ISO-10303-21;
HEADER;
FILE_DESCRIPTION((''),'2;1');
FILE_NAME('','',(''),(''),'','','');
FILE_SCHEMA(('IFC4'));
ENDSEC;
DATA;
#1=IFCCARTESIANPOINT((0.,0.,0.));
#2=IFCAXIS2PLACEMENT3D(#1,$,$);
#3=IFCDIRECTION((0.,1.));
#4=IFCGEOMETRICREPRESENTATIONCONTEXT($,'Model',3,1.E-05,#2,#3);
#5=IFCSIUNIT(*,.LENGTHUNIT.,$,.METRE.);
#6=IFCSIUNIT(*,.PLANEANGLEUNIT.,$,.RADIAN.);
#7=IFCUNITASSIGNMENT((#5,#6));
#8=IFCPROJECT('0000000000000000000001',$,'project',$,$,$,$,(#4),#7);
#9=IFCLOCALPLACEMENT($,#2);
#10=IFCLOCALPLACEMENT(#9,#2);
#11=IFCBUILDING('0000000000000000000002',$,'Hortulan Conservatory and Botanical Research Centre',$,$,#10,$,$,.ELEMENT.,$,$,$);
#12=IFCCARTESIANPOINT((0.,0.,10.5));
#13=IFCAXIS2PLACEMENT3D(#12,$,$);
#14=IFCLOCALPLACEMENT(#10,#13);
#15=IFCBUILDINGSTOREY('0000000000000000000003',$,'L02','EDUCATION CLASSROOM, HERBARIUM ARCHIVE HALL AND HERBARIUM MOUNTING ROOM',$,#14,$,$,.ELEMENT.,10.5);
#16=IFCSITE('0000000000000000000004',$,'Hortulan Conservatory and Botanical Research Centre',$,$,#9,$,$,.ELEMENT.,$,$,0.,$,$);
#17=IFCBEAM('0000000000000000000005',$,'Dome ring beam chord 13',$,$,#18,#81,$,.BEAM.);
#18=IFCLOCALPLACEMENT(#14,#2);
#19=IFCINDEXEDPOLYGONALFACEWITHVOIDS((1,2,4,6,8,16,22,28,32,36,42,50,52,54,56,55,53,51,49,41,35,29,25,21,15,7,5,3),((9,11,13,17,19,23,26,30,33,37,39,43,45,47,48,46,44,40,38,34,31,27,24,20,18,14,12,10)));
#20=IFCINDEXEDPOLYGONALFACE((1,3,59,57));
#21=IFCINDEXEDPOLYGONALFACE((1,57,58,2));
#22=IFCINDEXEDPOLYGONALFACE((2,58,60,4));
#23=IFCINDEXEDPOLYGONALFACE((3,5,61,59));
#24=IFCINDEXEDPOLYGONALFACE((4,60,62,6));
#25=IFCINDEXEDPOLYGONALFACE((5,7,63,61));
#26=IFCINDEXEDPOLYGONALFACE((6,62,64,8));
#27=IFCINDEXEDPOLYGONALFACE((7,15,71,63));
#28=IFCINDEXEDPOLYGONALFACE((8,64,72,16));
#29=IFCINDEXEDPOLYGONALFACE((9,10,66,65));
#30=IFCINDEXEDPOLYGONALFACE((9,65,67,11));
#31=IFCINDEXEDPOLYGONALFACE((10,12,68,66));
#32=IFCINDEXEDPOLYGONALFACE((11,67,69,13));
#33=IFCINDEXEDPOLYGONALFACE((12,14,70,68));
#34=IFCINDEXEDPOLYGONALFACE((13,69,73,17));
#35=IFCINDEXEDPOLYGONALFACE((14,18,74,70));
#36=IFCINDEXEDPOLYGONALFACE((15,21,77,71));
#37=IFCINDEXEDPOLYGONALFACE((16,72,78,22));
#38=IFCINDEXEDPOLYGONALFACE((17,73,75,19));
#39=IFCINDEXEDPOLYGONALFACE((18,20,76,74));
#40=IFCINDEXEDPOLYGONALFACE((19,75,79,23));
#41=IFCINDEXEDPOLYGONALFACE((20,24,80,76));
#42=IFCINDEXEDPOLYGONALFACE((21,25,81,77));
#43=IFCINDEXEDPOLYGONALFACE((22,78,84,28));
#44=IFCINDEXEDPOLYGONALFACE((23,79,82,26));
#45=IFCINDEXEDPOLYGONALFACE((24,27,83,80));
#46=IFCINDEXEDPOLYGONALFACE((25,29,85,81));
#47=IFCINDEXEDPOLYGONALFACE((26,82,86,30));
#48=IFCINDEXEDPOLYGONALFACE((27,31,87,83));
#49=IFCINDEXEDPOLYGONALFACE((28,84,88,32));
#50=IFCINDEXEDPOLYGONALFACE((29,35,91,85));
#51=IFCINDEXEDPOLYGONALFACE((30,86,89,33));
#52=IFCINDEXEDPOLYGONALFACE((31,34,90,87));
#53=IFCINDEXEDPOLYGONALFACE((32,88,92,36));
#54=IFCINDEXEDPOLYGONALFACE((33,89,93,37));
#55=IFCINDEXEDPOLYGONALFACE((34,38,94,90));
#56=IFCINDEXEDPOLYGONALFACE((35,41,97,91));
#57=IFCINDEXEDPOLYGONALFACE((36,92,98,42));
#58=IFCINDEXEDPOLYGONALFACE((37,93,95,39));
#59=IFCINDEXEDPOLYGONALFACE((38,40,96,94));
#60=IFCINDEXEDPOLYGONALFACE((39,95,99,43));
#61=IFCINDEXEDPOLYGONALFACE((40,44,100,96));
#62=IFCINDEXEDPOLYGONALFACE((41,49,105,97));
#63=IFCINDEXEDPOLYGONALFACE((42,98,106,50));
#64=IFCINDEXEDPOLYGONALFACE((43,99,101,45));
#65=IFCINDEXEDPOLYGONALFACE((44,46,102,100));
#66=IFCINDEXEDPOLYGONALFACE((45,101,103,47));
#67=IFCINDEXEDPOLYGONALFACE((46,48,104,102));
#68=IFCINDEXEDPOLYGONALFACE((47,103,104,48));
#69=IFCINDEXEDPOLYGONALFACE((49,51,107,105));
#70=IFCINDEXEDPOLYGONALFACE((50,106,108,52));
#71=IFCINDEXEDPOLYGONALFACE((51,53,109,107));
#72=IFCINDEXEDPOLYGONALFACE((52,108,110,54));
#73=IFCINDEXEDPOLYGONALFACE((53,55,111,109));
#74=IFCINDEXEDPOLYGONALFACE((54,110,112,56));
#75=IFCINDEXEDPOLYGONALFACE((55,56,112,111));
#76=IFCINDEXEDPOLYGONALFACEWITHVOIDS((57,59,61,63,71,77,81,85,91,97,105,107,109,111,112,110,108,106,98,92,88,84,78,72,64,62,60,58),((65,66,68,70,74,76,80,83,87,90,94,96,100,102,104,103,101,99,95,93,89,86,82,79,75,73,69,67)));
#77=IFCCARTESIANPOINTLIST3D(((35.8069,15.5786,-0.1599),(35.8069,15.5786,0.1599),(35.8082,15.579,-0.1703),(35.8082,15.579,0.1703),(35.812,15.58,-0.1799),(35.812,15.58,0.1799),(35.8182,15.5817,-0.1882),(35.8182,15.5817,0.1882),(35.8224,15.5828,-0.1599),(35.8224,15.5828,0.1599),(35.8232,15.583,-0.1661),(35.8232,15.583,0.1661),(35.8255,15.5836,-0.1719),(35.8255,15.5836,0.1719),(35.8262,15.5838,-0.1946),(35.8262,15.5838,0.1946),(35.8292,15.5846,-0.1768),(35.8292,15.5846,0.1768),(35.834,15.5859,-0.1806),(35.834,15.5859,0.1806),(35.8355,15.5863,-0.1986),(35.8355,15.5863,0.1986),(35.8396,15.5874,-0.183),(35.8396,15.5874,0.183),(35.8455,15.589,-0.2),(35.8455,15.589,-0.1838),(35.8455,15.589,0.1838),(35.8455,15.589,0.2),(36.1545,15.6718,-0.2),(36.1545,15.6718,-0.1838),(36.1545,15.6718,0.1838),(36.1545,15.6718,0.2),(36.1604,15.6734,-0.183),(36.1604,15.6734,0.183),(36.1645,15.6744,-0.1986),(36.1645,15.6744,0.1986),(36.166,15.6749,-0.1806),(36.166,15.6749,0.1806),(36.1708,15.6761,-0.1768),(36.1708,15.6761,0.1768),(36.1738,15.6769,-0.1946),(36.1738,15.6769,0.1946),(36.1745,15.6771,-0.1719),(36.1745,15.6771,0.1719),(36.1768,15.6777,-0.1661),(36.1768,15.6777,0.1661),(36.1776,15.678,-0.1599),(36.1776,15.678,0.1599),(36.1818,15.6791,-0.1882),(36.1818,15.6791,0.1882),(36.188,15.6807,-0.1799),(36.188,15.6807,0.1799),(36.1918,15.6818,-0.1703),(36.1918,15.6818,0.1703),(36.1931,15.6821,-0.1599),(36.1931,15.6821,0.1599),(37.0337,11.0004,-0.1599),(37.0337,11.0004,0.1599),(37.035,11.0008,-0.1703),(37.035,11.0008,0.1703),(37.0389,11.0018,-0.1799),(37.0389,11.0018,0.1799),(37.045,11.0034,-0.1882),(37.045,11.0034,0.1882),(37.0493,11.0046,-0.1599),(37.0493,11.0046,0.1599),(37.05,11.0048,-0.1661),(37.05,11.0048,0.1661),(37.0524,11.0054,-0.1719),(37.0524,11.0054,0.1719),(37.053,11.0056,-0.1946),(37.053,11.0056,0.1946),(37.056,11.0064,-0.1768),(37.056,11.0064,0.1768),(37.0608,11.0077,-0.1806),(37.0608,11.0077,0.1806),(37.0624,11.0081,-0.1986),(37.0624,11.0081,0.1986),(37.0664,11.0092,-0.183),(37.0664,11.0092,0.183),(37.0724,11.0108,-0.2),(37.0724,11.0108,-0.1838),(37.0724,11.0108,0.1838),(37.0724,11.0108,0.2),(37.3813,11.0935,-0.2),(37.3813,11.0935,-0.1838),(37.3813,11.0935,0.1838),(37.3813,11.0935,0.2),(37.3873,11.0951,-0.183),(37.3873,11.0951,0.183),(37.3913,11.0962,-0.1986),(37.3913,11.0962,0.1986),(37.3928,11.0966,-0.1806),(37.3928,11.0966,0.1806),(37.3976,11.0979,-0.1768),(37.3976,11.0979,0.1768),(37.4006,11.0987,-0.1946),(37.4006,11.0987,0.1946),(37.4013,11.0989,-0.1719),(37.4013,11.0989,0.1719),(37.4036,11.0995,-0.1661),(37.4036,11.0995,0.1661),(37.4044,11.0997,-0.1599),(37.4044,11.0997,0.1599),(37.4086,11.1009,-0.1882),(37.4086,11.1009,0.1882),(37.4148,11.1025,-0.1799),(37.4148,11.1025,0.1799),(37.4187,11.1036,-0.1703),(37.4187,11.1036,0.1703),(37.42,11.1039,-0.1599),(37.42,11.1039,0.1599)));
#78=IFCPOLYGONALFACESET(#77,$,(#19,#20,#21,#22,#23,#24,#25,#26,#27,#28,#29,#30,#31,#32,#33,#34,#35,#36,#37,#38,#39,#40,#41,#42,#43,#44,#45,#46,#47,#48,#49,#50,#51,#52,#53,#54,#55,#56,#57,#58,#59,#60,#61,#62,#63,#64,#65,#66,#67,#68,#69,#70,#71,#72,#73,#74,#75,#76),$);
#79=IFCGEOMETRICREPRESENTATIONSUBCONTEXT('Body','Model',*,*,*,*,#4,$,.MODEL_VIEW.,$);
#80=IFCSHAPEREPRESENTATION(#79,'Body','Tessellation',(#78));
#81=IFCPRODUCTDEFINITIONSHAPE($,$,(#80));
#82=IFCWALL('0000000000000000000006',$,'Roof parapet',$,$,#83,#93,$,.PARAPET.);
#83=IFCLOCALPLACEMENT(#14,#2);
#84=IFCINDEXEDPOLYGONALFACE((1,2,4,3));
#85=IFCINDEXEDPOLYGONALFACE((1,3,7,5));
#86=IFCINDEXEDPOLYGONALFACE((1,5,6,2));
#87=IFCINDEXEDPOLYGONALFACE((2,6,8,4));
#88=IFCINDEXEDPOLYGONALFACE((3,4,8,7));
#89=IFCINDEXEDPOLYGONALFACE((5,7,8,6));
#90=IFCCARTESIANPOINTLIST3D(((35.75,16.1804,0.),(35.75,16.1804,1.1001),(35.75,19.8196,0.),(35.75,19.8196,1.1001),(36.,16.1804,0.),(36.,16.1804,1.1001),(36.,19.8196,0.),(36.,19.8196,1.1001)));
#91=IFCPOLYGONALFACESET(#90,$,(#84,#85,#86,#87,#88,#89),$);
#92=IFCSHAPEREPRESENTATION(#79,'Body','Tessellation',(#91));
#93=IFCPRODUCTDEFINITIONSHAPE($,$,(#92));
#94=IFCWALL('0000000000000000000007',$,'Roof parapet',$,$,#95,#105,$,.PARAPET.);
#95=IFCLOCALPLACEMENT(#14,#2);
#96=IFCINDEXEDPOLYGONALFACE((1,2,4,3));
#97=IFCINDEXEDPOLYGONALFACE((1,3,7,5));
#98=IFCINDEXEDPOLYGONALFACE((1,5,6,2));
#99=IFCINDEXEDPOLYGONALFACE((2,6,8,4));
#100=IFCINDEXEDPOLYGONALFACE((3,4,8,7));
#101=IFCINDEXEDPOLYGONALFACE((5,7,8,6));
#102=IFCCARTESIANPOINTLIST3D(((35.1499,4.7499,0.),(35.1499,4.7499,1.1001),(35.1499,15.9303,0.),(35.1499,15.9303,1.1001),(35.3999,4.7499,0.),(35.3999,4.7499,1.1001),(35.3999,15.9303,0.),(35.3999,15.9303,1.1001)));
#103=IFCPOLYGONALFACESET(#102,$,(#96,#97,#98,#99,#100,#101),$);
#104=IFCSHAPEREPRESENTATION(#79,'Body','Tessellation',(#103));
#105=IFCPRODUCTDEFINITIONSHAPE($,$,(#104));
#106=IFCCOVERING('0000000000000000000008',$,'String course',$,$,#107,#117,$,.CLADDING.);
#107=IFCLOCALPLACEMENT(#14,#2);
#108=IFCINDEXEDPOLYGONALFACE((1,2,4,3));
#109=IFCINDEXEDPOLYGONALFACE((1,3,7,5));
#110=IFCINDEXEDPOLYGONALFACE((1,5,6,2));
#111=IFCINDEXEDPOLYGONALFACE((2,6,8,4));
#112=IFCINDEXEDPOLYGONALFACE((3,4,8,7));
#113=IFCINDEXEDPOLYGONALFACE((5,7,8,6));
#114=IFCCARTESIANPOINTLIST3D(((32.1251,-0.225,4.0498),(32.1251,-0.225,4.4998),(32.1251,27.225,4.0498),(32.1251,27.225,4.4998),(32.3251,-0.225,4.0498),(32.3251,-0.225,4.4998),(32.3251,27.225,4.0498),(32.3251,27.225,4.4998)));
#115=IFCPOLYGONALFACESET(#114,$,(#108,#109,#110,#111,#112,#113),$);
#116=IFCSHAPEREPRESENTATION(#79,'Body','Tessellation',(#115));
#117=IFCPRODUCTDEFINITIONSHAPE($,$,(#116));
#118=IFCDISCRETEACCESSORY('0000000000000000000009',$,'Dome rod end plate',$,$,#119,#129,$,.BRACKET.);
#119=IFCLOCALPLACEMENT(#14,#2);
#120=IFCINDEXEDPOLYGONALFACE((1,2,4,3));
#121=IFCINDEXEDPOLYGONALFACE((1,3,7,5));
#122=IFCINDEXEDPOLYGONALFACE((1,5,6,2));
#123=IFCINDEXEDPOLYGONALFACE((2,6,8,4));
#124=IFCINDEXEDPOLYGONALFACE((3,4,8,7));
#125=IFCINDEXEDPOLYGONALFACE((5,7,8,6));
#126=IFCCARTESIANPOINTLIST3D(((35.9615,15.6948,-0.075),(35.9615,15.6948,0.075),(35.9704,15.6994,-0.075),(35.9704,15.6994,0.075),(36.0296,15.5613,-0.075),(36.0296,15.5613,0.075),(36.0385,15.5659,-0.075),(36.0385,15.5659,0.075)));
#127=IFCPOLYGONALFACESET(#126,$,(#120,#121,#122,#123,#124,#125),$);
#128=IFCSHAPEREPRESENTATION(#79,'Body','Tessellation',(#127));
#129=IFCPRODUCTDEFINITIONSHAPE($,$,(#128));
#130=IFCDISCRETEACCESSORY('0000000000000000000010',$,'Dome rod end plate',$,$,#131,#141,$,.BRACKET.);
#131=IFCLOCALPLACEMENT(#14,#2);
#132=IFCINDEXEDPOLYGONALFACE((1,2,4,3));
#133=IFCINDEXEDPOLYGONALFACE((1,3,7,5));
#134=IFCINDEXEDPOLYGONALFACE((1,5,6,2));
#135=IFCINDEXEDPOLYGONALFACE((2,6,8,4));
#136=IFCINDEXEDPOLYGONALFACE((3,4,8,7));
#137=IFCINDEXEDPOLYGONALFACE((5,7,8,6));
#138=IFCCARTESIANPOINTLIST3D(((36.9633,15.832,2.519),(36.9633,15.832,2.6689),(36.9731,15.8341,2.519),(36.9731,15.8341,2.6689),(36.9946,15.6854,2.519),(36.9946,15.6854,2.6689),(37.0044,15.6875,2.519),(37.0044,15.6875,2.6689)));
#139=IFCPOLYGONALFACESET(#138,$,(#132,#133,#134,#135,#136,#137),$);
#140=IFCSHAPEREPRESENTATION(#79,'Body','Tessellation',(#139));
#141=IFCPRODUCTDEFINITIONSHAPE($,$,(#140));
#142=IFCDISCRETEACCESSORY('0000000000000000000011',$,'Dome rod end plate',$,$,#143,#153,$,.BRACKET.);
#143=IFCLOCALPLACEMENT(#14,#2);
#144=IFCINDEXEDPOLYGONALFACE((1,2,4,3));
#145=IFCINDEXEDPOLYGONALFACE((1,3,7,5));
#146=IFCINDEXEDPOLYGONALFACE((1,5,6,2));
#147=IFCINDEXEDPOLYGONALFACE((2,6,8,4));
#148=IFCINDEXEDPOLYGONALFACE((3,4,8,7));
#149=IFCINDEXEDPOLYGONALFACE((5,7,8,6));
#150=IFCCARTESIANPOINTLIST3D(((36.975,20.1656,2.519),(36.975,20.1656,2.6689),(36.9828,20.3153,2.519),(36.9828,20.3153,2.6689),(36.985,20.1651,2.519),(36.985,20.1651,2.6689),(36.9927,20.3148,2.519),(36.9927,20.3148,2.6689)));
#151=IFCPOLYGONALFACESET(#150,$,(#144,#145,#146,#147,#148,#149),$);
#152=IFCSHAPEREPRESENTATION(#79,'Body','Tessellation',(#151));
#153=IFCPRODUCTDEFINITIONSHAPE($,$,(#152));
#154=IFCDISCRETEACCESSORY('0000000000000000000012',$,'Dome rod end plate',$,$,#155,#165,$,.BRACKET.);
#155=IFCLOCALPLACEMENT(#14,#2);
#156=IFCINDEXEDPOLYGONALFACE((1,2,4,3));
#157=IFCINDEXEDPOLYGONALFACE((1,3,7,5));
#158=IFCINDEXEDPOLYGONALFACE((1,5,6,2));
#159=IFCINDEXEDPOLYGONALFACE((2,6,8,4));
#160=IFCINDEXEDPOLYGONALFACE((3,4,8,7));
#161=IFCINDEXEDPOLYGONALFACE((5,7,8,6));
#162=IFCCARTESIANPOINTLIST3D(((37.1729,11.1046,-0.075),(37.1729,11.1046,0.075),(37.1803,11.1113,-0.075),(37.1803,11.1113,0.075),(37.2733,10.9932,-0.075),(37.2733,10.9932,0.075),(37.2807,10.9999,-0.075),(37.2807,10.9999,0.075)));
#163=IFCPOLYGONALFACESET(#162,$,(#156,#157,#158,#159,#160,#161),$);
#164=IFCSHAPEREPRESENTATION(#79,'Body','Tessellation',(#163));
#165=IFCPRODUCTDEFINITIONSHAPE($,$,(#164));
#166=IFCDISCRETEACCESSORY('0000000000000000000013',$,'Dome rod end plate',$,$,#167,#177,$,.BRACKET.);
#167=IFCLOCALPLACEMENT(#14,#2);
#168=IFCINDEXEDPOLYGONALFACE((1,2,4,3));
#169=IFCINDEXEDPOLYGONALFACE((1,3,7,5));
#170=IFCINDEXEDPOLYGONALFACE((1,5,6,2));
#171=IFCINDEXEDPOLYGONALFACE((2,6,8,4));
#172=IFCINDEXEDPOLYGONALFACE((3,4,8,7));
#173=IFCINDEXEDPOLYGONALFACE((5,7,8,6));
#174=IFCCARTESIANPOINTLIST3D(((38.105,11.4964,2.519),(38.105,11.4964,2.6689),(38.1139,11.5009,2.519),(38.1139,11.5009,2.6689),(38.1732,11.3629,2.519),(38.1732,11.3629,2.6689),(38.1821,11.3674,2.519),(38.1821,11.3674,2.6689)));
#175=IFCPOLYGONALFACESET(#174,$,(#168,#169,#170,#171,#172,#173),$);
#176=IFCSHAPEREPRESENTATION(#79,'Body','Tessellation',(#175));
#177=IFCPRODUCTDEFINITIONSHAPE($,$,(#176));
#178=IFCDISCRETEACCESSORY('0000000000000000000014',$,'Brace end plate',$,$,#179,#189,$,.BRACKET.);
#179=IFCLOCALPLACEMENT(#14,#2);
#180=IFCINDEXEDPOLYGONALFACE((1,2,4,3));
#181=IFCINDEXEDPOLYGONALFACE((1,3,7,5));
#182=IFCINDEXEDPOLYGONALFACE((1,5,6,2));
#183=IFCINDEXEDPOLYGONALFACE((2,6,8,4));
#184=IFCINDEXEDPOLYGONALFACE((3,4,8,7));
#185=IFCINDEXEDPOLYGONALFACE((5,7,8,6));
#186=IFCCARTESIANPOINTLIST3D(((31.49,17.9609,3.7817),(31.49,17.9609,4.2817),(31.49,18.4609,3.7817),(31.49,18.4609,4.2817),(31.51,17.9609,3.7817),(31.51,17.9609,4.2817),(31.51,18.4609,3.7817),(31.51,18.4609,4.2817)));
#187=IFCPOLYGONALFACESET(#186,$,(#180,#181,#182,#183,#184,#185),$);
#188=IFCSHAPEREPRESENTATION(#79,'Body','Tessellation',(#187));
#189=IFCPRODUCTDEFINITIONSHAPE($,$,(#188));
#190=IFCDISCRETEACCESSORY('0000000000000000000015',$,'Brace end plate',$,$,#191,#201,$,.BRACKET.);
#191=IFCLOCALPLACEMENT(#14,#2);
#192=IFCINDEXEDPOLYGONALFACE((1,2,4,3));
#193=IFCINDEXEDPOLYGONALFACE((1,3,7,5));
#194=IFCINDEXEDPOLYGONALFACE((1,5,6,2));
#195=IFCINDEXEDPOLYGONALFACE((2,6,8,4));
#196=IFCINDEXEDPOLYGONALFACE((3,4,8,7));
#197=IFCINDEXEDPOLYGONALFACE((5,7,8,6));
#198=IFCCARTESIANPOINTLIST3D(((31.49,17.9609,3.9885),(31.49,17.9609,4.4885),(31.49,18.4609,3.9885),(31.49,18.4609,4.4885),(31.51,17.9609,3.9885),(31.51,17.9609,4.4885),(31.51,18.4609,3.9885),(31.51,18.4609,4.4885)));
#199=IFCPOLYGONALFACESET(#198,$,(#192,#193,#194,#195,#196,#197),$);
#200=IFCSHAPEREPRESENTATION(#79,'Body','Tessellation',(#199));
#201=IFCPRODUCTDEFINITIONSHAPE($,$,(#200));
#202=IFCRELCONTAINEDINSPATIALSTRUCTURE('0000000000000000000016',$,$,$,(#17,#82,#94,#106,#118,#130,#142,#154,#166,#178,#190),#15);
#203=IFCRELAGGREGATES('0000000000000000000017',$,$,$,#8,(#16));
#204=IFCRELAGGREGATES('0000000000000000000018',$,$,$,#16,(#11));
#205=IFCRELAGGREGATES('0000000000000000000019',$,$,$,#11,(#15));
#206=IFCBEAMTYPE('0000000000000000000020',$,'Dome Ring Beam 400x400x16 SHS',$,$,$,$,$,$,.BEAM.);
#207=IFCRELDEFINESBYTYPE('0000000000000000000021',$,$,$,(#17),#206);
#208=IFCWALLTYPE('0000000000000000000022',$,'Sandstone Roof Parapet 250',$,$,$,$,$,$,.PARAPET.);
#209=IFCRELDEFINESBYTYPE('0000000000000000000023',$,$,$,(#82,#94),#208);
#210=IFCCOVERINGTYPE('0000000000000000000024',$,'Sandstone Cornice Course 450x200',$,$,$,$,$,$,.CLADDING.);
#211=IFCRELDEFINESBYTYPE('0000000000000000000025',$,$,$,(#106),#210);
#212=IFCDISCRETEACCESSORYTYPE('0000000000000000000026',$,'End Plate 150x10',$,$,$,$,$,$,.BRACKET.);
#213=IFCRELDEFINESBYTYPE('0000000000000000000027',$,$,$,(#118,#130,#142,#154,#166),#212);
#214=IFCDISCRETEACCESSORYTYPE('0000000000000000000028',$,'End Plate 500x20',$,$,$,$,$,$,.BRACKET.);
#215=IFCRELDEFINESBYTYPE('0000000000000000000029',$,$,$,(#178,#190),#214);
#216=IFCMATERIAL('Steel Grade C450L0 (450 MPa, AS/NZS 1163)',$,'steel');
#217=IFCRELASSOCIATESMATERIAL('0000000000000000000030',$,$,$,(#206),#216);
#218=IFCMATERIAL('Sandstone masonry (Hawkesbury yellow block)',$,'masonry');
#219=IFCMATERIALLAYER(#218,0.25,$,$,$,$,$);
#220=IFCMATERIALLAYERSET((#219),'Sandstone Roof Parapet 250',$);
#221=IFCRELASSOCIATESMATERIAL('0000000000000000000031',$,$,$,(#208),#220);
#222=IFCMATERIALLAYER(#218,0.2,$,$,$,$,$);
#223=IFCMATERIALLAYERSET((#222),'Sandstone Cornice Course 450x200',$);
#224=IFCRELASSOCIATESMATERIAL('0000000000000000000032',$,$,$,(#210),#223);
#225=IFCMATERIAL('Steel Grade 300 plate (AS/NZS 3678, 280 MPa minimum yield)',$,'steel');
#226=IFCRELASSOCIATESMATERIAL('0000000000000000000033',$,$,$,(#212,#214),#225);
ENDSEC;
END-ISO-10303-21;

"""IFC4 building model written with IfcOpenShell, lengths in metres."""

from ifc_helpers import new_model, si_unit, direction, frame, frame_2d, origin, origin_2d, place, context, subcontext, project, spatial, rectangle, hollow_rectangle, extrude, material, layer, layer_set, material_profile, profile_set, type_object, element, save


model = new_model("IFC4")

# Units and contexts
model_context = context("Model", 3, precision=1e-05, world=origin(), true_north=direction((0.0, 1.0)))
body_context = subcontext(model_context, "Body", "Model", "MODEL_VIEW")
ifc_project = project(units=[si_unit("LENGTHUNIT", "METRE"), si_unit("PLANEANGLEUNIT", "RADIAN")], contexts=[model_context])

# Site, building, storey
site_placement = place(None, origin())
site = spatial("IfcSite", under=ifc_project, at=site_placement, Name="Hortulan Conservatory and Botanical Research Centre", CompositionType="ELEMENT", RefElevation=0.0)
building_placement = place(site_placement, origin())
building = spatial("IfcBuilding", under=site, at=building_placement, Name="Hortulan Conservatory and Botanical Research Centre", CompositionType="ELEMENT")
storey_placement = place(building_placement, frame((0.0, 0.0, 10.5)))
storey = spatial("IfcBuildingStorey", under=building, at=storey_placement, Name="L02", Description="EDUCATION CLASSROOM, HERBARIUM ARCHIVE HALL AND HERBARIUM MOUNTING ROOM", CompositionType="ELEMENT", Elevation=10.5)

# Beam
ifc_material_1 = material(Name="Steel Grade C450L0 (450 MPa, AS/NZS 1163)", Category="steel")
ifc_material_profile_1 = material_profile(ifc_material_1, hollow_rectangle(XDim=0.3999, YDim=0.3999, WallThickness=0.0161, InnerFilletRadius=0.0239, OuterFilletRadius=0.04, at=origin_2d()), Name="400x400x16SHS")
ifc_profile_set_1 = profile_set([ifc_material_profile_1], Name="Steel Grade C450L0 (450 MPa, AS/NZS 1163)")
beam_type_1 = type_object("IfcBeamType", Name="Dome Ring Beam 400x400x16 SHS", PredefinedType="BEAM", material=ifc_profile_set_1)
beam_1_placement = place(storey_placement, frame((36.0, 15.6304, 0.0), z_axis=(0.258839, -0.96592, 0.0), x_axis=(0.96592, 0.258839, 0.0)))
element("IfcBeam", 1, at=beam_1_placement, inside=storey, type_object=beam_type_1, Name="Dome ring beam chord 13", PredefinedType="BEAM", context=body_context, shape_type="SweptSolid", body=[
    extrude(hollow_rectangle(XDim=0.3999, YDim=0.3999, WallThickness=0.0161, InnerFilletRadius=0.0239, OuterFilletRadius=0.04, at=origin_2d()), origin(), (0.0, 0.0, 1.0), 4.7397),
])

# Walls
ifc_material_2 = material(Name="Sandstone masonry (Hawkesbury yellow block)", Category="masonry")
ifc_layer_1 = layer(ifc_material_2, 0.25)
ifc_layer_set_1 = layer_set([ifc_layer_1], Name="Sandstone Roof Parapet 250")
wall_type = type_object("IfcWallType", Name="Sandstone Roof Parapet 250", PredefinedType="PARAPET", material=ifc_layer_set_1)
wall_1_placement = place(storey_placement, frame((35.875, 19.8196, 0.0), z_axis=(0.0, 0.0, 1.0), x_axis=(0.0, -1.0, 0.0)))
element("IfcWall", 2, at=wall_1_placement, inside=storey, type_object=wall_type, Name="Roof parapet", PredefinedType="PARAPET", context=body_context, shape_type="SweptSolid", body=[
    extrude(rectangle(XDim=3.6392, YDim=0.25, at=frame_2d((1.8196, 0.0))), origin(), (0.0, 0.0, 1.0), 1.1001),
])
wall_2_placement = place(storey_placement, frame((35.2749, 15.9304, 0.0), z_axis=(0.0, 0.0, 1.0), x_axis=(0.0, -1.0, 0.0)))
element("IfcWall", 3, at=wall_2_placement, inside=storey, type_object=wall_type, Name="Roof parapet", PredefinedType="PARAPET", context=body_context, shape_type="SweptSolid", body=[
    extrude(rectangle(XDim=11.1804, YDim=0.25, at=frame_2d((5.5903, 0.0))), origin(), (0.0, 0.0, 1.0), 1.1001),
])

# Covering
ifc_layer_2 = layer(ifc_material_2, 0.2)
ifc_layer_set_2 = layer_set([ifc_layer_2], Name="Sandstone Cornice Course 450x200")
covering_type = type_object("IfcCoveringType", Name="Sandstone Cornice Course 450x200", PredefinedType="CLADDING", material=ifc_layer_set_2)
covering_placement = place(storey_placement, frame((32.2251, 13.5, 4.0498), z_axis=(0.0, 0.0, 1.0), x_axis=(0.0, -1.0, 0.0)))
element("IfcCovering", 4, at=covering_placement, inside=storey, type_object=covering_type, Name="String course", PredefinedType="CLADDING", context=body_context, shape_type="SweptSolid", body=[
    extrude(rectangle(XDim=27.45, YDim=0.2, at=origin_2d()), origin(), (0.0, 0.0, 1.0), 0.45),
])

# Discrete accessories
ifc_material_3 = material(Name="Steel Grade 300 plate (AS/NZS 3678, 280 MPa minimum yield)", Category="steel")
discrete_accessory_type_1 = type_object("IfcDiscreteAccessoryType", Name="End Plate 150x10", PredefinedType="BRACKET", material=ifc_material_3)
for number, where, z_axis, x_axis, name in (
    (5, (36.0, 15.6304, -0.075), (0.0, 0.0, 1.0), (0.454721, -0.890634, 0.0), "Dome rod end plate"),
    (6, (36.9839, 15.7598, 2.519), (0.0, 0.0, 1.0), (0.208714, -0.977977, 0.0), "Dome rod end plate"),
    (7, (36.9839, 20.2402, 2.519), (0.0, 0.0, 1.0), (0.051534, 0.998671, 0.0), "Dome rod end plate"),
    (8, (37.2268, 11.0522, -0.075), (0.0, 0.0, 1.0), (0.669727, -0.742607, 0.0), "Dome rod end plate"),
    (9, (38.1436, 11.4319, 2.519), (0.0, 0.0, 1.0), (0.454721, -0.890634, 0.0), "Dome rod end plate"),
):
    element("IfcDiscreteAccessory", number, at=place(storey_placement, frame(where, z_axis=z_axis, x_axis=x_axis)), inside=storey, type_object=discrete_accessory_type_1, Name=name, PredefinedType="BRACKET", context=body_context, shape_type="SweptSolid", body=[
        extrude(rectangle(XDim=0.1499, YDim=0.01, at=origin_2d()), origin(), (0.0, 0.0, 1.0), 0.1499),
    ])
discrete_accessory_type_2 = type_object("IfcDiscreteAccessoryType", Name="End Plate 500x20", PredefinedType="BRACKET", material=ifc_material_3)
for number, where, z_axis, x_axis, name in (
    (10, (31.5, 18.2109, 3.7817), (0.0, 0.0, 1.0), (0.0, -1.0, 0.0), "Brace end plate"),
    (11, (31.5, 18.2109, 3.9885), (0.0, 0.0, 1.0), (0.0, -1.0, 0.0), "Brace end plate"),
):
    element("IfcDiscreteAccessory", number, at=place(storey_placement, frame(where, z_axis=z_axis, x_axis=x_axis)), inside=storey, type_object=discrete_accessory_type_2, Name=name, PredefinedType="BRACKET", context=body_context, shape_type="SweptSolid", body=[
        extrude(rectangle(XDim=0.5, YDim=0.02, at=origin_2d()), origin(), (0.0, 0.0, 1.0), 0.5),
    ])

save(model, "model.ifc")
